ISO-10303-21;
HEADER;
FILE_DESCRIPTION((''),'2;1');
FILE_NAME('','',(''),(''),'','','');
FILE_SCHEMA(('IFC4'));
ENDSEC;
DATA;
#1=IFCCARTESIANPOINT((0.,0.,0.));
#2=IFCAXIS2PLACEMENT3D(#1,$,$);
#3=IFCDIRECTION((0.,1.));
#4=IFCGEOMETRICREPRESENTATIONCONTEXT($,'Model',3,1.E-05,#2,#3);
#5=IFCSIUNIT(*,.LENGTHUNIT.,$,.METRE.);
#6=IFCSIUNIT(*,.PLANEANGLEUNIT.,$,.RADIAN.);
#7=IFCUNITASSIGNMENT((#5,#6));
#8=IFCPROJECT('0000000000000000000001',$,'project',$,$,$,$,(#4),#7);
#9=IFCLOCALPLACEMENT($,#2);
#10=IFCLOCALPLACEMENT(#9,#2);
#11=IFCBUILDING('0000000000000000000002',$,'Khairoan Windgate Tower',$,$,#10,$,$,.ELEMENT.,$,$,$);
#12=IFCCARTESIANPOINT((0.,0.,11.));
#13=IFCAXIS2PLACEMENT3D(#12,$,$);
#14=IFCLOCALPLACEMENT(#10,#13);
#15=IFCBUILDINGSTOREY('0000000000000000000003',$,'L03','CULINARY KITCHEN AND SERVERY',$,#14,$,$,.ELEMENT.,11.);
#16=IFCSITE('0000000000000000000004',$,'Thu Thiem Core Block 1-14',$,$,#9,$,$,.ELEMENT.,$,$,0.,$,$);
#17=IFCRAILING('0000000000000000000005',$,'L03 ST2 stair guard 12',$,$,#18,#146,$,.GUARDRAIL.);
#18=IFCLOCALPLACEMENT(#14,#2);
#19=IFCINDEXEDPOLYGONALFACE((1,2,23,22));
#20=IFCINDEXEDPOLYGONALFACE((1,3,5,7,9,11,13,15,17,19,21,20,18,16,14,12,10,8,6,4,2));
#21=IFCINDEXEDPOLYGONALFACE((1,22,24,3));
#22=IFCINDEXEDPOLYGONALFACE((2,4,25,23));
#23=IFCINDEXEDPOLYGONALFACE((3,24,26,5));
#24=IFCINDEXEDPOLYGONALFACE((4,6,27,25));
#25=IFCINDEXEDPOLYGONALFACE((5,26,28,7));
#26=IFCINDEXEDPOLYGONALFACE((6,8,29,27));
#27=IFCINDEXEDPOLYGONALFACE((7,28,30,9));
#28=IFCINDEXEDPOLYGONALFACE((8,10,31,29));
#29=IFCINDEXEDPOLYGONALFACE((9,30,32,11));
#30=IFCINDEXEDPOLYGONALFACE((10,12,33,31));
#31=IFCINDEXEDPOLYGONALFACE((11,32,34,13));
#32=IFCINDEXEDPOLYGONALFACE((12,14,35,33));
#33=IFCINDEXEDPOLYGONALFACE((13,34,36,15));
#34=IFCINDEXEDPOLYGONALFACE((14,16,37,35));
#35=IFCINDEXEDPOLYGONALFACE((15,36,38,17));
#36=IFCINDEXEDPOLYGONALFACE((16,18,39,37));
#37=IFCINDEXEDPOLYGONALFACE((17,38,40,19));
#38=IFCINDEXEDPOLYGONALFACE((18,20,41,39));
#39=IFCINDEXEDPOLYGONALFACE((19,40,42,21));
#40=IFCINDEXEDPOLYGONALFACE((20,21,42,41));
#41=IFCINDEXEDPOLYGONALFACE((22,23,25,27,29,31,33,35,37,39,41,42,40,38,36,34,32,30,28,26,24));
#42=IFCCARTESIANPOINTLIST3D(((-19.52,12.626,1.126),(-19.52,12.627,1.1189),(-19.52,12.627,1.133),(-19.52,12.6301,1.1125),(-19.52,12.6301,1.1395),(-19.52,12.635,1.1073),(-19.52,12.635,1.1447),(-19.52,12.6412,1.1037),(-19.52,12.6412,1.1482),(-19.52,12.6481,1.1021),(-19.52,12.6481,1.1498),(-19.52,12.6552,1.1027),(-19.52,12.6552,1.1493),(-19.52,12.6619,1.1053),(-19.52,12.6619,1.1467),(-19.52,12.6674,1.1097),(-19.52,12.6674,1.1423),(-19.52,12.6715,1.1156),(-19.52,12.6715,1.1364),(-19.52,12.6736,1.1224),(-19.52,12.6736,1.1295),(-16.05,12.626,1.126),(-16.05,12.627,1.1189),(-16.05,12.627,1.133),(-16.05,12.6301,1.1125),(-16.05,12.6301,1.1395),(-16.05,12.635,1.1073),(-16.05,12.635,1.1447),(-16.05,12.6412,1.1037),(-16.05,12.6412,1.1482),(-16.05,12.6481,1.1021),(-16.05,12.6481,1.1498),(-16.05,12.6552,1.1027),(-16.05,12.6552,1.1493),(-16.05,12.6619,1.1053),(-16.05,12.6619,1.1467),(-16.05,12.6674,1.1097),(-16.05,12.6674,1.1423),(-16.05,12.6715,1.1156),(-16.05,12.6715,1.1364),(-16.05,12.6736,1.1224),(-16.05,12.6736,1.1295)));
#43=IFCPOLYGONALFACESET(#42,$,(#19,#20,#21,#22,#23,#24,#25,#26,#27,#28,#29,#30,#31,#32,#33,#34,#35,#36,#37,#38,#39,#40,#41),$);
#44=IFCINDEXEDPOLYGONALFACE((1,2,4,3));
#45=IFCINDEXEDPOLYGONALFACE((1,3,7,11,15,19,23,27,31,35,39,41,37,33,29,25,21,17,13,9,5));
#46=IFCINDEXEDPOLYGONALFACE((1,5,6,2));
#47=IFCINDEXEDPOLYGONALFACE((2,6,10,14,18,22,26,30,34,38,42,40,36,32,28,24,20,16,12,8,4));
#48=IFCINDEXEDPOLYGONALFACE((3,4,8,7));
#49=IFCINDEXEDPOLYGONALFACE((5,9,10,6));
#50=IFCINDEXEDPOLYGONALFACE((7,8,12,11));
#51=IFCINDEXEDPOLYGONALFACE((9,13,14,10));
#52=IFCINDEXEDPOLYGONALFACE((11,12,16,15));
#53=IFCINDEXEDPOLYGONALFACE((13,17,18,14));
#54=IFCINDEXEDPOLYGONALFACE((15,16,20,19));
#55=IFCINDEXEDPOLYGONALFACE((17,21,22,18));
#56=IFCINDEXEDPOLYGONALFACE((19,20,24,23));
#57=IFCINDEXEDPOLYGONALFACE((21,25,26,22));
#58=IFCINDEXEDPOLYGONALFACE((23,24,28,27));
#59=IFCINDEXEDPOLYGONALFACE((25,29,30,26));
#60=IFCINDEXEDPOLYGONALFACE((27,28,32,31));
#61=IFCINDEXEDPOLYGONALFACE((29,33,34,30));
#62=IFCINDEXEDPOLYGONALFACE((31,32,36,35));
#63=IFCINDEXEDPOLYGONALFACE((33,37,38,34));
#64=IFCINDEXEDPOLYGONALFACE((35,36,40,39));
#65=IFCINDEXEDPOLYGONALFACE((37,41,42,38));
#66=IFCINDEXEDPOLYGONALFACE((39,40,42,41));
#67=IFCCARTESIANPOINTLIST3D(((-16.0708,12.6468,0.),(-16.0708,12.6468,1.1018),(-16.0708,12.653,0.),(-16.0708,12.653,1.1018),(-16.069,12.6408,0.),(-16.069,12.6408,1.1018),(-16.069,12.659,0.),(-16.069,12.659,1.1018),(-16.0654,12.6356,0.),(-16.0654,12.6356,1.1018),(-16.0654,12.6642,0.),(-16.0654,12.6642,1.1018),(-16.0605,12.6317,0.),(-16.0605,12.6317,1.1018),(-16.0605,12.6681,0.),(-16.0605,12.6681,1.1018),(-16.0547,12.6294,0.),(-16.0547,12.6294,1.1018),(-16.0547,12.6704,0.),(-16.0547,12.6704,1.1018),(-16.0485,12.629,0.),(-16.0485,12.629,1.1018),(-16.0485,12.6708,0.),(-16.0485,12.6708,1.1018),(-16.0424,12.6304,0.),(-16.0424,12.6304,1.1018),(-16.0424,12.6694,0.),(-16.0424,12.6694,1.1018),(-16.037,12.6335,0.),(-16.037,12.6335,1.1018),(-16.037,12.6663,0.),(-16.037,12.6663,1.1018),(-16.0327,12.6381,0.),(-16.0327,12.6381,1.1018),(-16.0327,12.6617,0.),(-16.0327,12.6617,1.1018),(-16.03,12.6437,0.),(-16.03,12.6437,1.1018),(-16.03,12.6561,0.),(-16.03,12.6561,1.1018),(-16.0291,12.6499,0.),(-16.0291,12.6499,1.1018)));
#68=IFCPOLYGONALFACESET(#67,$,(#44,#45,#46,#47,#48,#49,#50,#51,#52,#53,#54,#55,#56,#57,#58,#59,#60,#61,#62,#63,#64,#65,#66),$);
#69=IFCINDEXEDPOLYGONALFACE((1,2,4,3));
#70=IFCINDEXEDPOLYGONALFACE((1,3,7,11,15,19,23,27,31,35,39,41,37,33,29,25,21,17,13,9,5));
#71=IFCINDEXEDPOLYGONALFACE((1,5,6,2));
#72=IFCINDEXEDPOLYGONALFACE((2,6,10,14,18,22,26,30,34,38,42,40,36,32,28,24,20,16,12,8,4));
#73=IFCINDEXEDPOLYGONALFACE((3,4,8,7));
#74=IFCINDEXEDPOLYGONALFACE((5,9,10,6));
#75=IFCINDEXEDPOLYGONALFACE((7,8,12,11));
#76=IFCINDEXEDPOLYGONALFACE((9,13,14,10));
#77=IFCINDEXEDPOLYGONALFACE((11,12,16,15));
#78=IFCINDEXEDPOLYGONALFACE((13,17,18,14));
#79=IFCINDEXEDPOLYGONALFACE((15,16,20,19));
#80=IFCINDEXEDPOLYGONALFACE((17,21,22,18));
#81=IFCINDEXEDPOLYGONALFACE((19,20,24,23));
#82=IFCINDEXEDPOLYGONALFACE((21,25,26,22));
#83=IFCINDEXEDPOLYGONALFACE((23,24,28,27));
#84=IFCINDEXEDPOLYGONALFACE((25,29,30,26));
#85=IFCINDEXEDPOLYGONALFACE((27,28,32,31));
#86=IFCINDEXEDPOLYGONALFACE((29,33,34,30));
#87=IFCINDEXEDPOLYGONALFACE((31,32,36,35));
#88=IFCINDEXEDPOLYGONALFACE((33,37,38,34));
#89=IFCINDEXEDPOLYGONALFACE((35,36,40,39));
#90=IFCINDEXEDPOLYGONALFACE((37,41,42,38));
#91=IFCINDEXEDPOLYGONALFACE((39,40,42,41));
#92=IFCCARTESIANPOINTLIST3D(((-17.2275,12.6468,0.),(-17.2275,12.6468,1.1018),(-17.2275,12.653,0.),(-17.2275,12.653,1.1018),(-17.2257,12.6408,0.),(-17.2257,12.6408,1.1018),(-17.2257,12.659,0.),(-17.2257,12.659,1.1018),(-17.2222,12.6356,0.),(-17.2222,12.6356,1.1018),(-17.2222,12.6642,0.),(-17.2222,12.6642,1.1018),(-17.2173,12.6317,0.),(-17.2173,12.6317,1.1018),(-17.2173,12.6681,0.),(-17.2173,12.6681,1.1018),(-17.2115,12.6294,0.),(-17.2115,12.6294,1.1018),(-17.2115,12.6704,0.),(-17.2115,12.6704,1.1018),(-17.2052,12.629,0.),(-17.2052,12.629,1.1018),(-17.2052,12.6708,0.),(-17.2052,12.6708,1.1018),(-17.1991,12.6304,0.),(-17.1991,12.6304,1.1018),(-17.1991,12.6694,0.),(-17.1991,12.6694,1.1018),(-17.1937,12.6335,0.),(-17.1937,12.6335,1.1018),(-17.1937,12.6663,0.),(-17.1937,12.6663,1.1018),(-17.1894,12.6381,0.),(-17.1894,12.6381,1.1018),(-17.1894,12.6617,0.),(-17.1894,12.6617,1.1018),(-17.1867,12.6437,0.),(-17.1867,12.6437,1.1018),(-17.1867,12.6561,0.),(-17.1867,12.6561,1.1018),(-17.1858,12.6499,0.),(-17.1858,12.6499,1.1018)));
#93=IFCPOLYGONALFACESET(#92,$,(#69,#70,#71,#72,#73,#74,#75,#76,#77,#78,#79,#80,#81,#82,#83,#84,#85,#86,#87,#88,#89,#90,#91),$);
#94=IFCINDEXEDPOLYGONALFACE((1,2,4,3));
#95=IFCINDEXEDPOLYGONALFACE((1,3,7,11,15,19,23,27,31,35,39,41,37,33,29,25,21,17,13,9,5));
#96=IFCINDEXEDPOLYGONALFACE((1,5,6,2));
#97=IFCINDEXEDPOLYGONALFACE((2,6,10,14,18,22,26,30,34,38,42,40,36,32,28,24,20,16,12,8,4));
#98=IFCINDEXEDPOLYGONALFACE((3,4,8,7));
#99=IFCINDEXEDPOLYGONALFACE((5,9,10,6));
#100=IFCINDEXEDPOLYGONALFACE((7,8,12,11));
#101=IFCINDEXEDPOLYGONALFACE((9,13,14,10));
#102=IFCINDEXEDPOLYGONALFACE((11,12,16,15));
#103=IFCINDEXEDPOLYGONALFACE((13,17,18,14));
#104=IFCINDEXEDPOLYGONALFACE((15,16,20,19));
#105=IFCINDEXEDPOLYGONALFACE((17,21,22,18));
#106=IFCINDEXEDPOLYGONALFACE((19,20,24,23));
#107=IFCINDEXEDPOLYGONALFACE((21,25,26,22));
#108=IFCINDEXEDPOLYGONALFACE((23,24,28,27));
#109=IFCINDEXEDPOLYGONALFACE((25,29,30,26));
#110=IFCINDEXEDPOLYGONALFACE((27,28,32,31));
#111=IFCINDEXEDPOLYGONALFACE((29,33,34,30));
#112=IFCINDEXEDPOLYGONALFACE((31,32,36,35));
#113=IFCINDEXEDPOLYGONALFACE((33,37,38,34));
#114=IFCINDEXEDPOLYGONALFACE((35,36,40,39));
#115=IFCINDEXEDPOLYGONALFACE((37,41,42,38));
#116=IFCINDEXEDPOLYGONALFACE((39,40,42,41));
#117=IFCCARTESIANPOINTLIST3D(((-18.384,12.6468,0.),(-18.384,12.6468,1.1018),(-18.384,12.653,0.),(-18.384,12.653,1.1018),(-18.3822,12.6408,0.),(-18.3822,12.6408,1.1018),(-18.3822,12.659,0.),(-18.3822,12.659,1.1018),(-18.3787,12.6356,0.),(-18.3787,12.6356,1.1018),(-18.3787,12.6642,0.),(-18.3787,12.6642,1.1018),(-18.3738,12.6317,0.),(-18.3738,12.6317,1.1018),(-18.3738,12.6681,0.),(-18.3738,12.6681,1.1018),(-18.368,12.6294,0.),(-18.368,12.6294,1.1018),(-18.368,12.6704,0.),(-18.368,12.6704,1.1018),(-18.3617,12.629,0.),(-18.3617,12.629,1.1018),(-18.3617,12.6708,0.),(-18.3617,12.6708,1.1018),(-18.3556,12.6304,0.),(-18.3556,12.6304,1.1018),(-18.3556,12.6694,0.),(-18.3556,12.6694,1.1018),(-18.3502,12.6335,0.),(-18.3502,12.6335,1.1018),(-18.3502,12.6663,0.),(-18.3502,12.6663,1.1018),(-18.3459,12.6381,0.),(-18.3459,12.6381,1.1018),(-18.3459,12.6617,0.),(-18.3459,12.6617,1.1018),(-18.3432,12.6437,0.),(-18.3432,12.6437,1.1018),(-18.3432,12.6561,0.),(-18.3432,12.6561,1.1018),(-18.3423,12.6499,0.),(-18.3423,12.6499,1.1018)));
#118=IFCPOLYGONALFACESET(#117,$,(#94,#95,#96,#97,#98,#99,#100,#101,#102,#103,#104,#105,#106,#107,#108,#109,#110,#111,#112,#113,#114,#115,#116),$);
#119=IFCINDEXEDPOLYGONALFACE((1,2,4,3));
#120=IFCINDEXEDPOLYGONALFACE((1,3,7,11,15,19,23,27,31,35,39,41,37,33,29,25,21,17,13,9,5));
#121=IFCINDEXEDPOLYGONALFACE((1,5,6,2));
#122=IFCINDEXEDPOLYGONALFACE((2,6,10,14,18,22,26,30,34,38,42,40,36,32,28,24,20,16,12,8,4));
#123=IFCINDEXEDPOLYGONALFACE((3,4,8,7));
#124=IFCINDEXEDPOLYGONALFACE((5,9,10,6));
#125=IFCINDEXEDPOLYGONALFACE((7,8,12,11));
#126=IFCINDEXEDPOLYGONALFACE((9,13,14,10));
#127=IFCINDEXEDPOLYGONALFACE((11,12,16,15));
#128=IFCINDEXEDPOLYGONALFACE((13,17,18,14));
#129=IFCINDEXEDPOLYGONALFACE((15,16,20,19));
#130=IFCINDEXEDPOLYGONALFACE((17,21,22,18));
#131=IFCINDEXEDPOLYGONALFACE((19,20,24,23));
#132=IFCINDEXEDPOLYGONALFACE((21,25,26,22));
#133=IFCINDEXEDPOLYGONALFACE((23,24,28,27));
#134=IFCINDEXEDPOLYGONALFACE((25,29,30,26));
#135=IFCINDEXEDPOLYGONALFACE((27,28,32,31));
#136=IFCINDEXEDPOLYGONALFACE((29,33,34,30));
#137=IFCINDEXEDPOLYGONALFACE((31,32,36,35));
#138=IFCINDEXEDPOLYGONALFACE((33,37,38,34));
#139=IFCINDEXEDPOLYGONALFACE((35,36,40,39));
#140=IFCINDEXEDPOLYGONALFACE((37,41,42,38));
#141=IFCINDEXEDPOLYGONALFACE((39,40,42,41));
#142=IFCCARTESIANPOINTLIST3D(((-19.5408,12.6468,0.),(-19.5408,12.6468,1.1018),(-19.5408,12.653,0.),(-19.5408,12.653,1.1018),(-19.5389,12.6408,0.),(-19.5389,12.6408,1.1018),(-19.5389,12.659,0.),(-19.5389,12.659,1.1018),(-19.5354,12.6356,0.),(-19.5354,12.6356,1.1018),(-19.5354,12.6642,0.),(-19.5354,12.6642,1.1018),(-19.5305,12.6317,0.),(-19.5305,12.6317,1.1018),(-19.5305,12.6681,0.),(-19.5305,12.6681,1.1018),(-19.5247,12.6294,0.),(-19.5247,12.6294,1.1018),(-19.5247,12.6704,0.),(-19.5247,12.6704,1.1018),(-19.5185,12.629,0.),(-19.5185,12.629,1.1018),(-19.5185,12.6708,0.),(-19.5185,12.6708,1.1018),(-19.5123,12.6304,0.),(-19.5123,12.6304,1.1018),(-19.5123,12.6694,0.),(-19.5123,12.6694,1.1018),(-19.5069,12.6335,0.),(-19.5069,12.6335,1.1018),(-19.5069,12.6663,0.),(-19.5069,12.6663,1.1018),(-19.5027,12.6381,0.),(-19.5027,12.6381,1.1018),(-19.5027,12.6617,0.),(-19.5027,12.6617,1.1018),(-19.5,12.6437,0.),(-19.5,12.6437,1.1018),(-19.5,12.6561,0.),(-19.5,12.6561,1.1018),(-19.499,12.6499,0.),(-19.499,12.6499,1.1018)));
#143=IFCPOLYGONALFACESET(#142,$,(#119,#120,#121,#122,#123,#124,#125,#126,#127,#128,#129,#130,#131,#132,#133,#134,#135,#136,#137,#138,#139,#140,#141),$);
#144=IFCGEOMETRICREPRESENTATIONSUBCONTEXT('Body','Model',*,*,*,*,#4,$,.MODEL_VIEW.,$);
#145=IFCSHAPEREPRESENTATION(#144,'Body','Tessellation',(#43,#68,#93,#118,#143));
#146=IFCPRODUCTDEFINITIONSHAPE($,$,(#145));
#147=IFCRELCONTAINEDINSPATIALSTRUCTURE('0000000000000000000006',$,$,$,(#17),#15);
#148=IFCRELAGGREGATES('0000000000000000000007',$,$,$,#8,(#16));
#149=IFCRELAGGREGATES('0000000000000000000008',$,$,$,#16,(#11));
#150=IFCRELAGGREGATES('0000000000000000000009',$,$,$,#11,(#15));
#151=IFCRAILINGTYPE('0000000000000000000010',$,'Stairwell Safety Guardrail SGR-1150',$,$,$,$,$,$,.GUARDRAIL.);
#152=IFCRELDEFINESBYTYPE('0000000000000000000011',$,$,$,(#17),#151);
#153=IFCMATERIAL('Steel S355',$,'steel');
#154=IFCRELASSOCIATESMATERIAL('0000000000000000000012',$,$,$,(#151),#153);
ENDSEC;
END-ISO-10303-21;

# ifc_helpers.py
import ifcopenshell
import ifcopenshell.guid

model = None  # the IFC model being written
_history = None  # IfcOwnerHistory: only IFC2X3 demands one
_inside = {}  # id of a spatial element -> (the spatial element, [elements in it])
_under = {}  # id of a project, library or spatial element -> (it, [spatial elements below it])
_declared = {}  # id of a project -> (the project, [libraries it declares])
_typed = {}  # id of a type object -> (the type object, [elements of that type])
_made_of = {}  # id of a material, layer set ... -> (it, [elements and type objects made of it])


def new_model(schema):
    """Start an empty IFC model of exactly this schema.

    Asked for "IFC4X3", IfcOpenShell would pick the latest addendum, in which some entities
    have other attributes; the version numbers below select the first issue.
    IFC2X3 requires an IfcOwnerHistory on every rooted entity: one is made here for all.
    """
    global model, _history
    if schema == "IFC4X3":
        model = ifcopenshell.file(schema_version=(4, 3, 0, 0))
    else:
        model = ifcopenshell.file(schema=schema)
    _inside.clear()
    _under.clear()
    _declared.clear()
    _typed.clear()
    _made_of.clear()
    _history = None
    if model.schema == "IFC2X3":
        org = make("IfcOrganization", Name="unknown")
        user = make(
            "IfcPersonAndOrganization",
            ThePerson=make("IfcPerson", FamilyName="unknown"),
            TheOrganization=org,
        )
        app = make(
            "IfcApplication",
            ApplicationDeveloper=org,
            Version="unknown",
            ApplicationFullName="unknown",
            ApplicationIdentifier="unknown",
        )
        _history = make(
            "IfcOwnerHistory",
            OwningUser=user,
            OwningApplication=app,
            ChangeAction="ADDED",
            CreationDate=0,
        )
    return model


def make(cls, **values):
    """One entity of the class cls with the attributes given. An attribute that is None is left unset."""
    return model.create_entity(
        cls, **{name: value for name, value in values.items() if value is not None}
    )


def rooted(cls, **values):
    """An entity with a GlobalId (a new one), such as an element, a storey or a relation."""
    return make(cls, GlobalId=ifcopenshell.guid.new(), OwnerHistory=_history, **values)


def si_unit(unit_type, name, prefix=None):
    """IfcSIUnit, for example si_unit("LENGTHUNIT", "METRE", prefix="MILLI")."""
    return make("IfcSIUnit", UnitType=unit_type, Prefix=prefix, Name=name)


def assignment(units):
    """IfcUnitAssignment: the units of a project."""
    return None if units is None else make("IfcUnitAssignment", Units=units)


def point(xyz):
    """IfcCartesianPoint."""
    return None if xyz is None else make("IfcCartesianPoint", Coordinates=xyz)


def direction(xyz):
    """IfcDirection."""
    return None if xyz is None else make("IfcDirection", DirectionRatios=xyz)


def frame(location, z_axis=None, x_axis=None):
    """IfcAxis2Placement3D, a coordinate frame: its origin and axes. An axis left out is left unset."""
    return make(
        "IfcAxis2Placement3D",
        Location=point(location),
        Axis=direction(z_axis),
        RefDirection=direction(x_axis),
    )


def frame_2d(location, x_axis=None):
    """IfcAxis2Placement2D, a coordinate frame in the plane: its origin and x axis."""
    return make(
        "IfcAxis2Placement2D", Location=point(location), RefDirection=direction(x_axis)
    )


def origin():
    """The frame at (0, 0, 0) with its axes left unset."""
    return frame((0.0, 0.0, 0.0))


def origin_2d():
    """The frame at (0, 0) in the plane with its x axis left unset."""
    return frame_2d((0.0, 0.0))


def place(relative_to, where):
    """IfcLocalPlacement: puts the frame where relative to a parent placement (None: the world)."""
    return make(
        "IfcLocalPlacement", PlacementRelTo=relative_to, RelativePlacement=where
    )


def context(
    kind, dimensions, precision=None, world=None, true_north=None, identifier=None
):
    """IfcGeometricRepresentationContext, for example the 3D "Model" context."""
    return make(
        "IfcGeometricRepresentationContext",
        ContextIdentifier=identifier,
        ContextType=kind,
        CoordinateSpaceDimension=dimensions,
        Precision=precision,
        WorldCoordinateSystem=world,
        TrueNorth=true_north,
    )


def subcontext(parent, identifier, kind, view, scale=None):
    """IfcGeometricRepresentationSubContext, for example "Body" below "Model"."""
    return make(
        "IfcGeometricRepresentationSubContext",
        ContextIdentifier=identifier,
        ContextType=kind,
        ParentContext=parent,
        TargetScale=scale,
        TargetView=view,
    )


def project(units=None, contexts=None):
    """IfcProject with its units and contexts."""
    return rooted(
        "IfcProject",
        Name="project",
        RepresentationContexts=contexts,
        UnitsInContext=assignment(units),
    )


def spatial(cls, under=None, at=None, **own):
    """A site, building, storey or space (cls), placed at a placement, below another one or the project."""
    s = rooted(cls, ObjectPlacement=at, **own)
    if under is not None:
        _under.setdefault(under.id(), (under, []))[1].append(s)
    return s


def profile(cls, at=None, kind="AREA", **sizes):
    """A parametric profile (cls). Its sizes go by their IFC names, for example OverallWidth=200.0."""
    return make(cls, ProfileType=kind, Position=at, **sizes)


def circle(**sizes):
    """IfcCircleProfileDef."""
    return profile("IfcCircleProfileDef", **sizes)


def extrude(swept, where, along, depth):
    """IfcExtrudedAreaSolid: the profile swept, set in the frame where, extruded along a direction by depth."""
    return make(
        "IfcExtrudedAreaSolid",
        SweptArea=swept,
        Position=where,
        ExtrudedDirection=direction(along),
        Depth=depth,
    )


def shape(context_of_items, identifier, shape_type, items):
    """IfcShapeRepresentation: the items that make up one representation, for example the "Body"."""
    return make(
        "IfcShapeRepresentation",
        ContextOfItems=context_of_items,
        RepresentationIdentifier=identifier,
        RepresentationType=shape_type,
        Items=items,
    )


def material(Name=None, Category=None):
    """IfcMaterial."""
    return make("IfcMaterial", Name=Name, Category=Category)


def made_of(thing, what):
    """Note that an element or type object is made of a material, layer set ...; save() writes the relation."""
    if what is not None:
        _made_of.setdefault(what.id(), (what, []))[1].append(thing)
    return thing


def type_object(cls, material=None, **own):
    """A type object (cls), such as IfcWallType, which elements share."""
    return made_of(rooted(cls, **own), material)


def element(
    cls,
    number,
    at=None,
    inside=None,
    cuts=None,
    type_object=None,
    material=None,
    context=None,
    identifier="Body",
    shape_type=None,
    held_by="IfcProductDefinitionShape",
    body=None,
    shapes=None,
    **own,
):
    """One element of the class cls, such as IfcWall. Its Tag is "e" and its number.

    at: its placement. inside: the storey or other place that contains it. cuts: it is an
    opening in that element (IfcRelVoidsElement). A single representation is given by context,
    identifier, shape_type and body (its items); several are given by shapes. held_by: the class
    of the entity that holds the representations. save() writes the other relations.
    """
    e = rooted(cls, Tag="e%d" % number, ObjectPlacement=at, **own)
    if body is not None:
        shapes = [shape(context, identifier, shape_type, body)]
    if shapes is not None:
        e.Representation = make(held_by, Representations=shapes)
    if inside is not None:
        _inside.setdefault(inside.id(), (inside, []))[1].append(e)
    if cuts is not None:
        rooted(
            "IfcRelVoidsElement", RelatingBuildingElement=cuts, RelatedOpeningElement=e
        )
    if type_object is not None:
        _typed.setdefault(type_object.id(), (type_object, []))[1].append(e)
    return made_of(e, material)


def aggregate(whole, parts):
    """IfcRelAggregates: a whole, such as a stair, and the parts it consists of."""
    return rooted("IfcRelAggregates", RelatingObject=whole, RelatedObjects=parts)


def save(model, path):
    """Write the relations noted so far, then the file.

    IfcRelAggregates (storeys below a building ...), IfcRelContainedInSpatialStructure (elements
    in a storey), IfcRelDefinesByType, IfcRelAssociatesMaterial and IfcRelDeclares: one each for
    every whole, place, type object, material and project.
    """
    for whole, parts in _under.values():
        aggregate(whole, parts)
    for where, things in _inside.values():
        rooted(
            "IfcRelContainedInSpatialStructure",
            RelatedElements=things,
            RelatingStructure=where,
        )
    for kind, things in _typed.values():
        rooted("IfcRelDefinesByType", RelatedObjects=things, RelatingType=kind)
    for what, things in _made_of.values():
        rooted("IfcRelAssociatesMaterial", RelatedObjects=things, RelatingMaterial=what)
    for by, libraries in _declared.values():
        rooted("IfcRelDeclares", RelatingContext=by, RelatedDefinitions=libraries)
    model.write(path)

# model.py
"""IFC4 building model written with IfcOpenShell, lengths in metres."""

from ifc_helpers import new_model, si_unit, direction, frame, origin, origin_2d, place, context, subcontext, project, spatial, circle, extrude, material, type_object, element, save


model = new_model("IFC4")

# Units and contexts
model_context = context("Model", 3, precision=1e-05, world=origin(), true_north=direction((0.0, 1.0)))
body_context = subcontext(model_context, "Body", "Model", "MODEL_VIEW")
ifc_project = project(units=[si_unit("LENGTHUNIT", "METRE"), si_unit("PLANEANGLEUNIT", "RADIAN")], contexts=[model_context])

# Site, building, storey
site_placement = place(None, origin())
site = spatial("IfcSite", under=ifc_project, at=site_placement, Name="Thu Thiem Core Block 1-14", CompositionType="ELEMENT", RefElevation=0.0)
building_placement = place(site_placement, origin())
building = spatial("IfcBuilding", under=site, at=building_placement, Name="Khairoan Windgate Tower", CompositionType="ELEMENT")
storey_placement = place(building_placement, frame((0.0, 0.0, 11.0)))
storey = spatial("IfcBuildingStorey", under=building, at=storey_placement, Name="L03", Description="CULINARY KITCHEN AND SERVERY", CompositionType="ELEMENT", Elevation=11.0)

# Railing
ifc_material_1 = material(Name="Steel S355", Category="steel")
railing_type_1 = type_object("IfcRailingType", Name="Stairwell Safety Guardrail SGR-1150", PredefinedType="GUARDRAIL", material=ifc_material_1)
railing_1_placement = place(storey_placement, frame((-16.05, 12.6499, 0.0)))
element("IfcRailing", 1, at=railing_1_placement, inside=storey, type_object=railing_type_1, Name="L03 ST2 stair guard 12", PredefinedType="GUARDRAIL", context=body_context, shape_type="SweptSolid", body=[
    extrude(circle(Radius=0.0239, at=origin_2d()), frame((0.0, 0.0, 1.126), z_axis=(-1.0, 0.0, 0.0), x_axis=(0.0, -1.0, 0.0)), (0.0, 0.0, 1.0), 3.47),
    extrude(circle(Radius=0.021, at=origin_2d()), origin(), (0.0, 0.0, 1.0), 1.1018),
    extrude(circle(Radius=0.021, at=origin_2d()), frame((-1.1567, 0.0, 0.0)), (0.0, 0.0, 1.0), 1.1018),
    extrude(circle(Radius=0.021, at=origin_2d()), frame((-2.3132, 0.0, 0.0)), (0.0, 0.0, 1.0), 1.1018),
    extrude(circle(Radius=0.021, at=origin_2d()), frame((-3.47, 0.0, 0.0)), (0.0, 0.0, 1.0), 1.1018),
])

save(model, "model.ifc")
